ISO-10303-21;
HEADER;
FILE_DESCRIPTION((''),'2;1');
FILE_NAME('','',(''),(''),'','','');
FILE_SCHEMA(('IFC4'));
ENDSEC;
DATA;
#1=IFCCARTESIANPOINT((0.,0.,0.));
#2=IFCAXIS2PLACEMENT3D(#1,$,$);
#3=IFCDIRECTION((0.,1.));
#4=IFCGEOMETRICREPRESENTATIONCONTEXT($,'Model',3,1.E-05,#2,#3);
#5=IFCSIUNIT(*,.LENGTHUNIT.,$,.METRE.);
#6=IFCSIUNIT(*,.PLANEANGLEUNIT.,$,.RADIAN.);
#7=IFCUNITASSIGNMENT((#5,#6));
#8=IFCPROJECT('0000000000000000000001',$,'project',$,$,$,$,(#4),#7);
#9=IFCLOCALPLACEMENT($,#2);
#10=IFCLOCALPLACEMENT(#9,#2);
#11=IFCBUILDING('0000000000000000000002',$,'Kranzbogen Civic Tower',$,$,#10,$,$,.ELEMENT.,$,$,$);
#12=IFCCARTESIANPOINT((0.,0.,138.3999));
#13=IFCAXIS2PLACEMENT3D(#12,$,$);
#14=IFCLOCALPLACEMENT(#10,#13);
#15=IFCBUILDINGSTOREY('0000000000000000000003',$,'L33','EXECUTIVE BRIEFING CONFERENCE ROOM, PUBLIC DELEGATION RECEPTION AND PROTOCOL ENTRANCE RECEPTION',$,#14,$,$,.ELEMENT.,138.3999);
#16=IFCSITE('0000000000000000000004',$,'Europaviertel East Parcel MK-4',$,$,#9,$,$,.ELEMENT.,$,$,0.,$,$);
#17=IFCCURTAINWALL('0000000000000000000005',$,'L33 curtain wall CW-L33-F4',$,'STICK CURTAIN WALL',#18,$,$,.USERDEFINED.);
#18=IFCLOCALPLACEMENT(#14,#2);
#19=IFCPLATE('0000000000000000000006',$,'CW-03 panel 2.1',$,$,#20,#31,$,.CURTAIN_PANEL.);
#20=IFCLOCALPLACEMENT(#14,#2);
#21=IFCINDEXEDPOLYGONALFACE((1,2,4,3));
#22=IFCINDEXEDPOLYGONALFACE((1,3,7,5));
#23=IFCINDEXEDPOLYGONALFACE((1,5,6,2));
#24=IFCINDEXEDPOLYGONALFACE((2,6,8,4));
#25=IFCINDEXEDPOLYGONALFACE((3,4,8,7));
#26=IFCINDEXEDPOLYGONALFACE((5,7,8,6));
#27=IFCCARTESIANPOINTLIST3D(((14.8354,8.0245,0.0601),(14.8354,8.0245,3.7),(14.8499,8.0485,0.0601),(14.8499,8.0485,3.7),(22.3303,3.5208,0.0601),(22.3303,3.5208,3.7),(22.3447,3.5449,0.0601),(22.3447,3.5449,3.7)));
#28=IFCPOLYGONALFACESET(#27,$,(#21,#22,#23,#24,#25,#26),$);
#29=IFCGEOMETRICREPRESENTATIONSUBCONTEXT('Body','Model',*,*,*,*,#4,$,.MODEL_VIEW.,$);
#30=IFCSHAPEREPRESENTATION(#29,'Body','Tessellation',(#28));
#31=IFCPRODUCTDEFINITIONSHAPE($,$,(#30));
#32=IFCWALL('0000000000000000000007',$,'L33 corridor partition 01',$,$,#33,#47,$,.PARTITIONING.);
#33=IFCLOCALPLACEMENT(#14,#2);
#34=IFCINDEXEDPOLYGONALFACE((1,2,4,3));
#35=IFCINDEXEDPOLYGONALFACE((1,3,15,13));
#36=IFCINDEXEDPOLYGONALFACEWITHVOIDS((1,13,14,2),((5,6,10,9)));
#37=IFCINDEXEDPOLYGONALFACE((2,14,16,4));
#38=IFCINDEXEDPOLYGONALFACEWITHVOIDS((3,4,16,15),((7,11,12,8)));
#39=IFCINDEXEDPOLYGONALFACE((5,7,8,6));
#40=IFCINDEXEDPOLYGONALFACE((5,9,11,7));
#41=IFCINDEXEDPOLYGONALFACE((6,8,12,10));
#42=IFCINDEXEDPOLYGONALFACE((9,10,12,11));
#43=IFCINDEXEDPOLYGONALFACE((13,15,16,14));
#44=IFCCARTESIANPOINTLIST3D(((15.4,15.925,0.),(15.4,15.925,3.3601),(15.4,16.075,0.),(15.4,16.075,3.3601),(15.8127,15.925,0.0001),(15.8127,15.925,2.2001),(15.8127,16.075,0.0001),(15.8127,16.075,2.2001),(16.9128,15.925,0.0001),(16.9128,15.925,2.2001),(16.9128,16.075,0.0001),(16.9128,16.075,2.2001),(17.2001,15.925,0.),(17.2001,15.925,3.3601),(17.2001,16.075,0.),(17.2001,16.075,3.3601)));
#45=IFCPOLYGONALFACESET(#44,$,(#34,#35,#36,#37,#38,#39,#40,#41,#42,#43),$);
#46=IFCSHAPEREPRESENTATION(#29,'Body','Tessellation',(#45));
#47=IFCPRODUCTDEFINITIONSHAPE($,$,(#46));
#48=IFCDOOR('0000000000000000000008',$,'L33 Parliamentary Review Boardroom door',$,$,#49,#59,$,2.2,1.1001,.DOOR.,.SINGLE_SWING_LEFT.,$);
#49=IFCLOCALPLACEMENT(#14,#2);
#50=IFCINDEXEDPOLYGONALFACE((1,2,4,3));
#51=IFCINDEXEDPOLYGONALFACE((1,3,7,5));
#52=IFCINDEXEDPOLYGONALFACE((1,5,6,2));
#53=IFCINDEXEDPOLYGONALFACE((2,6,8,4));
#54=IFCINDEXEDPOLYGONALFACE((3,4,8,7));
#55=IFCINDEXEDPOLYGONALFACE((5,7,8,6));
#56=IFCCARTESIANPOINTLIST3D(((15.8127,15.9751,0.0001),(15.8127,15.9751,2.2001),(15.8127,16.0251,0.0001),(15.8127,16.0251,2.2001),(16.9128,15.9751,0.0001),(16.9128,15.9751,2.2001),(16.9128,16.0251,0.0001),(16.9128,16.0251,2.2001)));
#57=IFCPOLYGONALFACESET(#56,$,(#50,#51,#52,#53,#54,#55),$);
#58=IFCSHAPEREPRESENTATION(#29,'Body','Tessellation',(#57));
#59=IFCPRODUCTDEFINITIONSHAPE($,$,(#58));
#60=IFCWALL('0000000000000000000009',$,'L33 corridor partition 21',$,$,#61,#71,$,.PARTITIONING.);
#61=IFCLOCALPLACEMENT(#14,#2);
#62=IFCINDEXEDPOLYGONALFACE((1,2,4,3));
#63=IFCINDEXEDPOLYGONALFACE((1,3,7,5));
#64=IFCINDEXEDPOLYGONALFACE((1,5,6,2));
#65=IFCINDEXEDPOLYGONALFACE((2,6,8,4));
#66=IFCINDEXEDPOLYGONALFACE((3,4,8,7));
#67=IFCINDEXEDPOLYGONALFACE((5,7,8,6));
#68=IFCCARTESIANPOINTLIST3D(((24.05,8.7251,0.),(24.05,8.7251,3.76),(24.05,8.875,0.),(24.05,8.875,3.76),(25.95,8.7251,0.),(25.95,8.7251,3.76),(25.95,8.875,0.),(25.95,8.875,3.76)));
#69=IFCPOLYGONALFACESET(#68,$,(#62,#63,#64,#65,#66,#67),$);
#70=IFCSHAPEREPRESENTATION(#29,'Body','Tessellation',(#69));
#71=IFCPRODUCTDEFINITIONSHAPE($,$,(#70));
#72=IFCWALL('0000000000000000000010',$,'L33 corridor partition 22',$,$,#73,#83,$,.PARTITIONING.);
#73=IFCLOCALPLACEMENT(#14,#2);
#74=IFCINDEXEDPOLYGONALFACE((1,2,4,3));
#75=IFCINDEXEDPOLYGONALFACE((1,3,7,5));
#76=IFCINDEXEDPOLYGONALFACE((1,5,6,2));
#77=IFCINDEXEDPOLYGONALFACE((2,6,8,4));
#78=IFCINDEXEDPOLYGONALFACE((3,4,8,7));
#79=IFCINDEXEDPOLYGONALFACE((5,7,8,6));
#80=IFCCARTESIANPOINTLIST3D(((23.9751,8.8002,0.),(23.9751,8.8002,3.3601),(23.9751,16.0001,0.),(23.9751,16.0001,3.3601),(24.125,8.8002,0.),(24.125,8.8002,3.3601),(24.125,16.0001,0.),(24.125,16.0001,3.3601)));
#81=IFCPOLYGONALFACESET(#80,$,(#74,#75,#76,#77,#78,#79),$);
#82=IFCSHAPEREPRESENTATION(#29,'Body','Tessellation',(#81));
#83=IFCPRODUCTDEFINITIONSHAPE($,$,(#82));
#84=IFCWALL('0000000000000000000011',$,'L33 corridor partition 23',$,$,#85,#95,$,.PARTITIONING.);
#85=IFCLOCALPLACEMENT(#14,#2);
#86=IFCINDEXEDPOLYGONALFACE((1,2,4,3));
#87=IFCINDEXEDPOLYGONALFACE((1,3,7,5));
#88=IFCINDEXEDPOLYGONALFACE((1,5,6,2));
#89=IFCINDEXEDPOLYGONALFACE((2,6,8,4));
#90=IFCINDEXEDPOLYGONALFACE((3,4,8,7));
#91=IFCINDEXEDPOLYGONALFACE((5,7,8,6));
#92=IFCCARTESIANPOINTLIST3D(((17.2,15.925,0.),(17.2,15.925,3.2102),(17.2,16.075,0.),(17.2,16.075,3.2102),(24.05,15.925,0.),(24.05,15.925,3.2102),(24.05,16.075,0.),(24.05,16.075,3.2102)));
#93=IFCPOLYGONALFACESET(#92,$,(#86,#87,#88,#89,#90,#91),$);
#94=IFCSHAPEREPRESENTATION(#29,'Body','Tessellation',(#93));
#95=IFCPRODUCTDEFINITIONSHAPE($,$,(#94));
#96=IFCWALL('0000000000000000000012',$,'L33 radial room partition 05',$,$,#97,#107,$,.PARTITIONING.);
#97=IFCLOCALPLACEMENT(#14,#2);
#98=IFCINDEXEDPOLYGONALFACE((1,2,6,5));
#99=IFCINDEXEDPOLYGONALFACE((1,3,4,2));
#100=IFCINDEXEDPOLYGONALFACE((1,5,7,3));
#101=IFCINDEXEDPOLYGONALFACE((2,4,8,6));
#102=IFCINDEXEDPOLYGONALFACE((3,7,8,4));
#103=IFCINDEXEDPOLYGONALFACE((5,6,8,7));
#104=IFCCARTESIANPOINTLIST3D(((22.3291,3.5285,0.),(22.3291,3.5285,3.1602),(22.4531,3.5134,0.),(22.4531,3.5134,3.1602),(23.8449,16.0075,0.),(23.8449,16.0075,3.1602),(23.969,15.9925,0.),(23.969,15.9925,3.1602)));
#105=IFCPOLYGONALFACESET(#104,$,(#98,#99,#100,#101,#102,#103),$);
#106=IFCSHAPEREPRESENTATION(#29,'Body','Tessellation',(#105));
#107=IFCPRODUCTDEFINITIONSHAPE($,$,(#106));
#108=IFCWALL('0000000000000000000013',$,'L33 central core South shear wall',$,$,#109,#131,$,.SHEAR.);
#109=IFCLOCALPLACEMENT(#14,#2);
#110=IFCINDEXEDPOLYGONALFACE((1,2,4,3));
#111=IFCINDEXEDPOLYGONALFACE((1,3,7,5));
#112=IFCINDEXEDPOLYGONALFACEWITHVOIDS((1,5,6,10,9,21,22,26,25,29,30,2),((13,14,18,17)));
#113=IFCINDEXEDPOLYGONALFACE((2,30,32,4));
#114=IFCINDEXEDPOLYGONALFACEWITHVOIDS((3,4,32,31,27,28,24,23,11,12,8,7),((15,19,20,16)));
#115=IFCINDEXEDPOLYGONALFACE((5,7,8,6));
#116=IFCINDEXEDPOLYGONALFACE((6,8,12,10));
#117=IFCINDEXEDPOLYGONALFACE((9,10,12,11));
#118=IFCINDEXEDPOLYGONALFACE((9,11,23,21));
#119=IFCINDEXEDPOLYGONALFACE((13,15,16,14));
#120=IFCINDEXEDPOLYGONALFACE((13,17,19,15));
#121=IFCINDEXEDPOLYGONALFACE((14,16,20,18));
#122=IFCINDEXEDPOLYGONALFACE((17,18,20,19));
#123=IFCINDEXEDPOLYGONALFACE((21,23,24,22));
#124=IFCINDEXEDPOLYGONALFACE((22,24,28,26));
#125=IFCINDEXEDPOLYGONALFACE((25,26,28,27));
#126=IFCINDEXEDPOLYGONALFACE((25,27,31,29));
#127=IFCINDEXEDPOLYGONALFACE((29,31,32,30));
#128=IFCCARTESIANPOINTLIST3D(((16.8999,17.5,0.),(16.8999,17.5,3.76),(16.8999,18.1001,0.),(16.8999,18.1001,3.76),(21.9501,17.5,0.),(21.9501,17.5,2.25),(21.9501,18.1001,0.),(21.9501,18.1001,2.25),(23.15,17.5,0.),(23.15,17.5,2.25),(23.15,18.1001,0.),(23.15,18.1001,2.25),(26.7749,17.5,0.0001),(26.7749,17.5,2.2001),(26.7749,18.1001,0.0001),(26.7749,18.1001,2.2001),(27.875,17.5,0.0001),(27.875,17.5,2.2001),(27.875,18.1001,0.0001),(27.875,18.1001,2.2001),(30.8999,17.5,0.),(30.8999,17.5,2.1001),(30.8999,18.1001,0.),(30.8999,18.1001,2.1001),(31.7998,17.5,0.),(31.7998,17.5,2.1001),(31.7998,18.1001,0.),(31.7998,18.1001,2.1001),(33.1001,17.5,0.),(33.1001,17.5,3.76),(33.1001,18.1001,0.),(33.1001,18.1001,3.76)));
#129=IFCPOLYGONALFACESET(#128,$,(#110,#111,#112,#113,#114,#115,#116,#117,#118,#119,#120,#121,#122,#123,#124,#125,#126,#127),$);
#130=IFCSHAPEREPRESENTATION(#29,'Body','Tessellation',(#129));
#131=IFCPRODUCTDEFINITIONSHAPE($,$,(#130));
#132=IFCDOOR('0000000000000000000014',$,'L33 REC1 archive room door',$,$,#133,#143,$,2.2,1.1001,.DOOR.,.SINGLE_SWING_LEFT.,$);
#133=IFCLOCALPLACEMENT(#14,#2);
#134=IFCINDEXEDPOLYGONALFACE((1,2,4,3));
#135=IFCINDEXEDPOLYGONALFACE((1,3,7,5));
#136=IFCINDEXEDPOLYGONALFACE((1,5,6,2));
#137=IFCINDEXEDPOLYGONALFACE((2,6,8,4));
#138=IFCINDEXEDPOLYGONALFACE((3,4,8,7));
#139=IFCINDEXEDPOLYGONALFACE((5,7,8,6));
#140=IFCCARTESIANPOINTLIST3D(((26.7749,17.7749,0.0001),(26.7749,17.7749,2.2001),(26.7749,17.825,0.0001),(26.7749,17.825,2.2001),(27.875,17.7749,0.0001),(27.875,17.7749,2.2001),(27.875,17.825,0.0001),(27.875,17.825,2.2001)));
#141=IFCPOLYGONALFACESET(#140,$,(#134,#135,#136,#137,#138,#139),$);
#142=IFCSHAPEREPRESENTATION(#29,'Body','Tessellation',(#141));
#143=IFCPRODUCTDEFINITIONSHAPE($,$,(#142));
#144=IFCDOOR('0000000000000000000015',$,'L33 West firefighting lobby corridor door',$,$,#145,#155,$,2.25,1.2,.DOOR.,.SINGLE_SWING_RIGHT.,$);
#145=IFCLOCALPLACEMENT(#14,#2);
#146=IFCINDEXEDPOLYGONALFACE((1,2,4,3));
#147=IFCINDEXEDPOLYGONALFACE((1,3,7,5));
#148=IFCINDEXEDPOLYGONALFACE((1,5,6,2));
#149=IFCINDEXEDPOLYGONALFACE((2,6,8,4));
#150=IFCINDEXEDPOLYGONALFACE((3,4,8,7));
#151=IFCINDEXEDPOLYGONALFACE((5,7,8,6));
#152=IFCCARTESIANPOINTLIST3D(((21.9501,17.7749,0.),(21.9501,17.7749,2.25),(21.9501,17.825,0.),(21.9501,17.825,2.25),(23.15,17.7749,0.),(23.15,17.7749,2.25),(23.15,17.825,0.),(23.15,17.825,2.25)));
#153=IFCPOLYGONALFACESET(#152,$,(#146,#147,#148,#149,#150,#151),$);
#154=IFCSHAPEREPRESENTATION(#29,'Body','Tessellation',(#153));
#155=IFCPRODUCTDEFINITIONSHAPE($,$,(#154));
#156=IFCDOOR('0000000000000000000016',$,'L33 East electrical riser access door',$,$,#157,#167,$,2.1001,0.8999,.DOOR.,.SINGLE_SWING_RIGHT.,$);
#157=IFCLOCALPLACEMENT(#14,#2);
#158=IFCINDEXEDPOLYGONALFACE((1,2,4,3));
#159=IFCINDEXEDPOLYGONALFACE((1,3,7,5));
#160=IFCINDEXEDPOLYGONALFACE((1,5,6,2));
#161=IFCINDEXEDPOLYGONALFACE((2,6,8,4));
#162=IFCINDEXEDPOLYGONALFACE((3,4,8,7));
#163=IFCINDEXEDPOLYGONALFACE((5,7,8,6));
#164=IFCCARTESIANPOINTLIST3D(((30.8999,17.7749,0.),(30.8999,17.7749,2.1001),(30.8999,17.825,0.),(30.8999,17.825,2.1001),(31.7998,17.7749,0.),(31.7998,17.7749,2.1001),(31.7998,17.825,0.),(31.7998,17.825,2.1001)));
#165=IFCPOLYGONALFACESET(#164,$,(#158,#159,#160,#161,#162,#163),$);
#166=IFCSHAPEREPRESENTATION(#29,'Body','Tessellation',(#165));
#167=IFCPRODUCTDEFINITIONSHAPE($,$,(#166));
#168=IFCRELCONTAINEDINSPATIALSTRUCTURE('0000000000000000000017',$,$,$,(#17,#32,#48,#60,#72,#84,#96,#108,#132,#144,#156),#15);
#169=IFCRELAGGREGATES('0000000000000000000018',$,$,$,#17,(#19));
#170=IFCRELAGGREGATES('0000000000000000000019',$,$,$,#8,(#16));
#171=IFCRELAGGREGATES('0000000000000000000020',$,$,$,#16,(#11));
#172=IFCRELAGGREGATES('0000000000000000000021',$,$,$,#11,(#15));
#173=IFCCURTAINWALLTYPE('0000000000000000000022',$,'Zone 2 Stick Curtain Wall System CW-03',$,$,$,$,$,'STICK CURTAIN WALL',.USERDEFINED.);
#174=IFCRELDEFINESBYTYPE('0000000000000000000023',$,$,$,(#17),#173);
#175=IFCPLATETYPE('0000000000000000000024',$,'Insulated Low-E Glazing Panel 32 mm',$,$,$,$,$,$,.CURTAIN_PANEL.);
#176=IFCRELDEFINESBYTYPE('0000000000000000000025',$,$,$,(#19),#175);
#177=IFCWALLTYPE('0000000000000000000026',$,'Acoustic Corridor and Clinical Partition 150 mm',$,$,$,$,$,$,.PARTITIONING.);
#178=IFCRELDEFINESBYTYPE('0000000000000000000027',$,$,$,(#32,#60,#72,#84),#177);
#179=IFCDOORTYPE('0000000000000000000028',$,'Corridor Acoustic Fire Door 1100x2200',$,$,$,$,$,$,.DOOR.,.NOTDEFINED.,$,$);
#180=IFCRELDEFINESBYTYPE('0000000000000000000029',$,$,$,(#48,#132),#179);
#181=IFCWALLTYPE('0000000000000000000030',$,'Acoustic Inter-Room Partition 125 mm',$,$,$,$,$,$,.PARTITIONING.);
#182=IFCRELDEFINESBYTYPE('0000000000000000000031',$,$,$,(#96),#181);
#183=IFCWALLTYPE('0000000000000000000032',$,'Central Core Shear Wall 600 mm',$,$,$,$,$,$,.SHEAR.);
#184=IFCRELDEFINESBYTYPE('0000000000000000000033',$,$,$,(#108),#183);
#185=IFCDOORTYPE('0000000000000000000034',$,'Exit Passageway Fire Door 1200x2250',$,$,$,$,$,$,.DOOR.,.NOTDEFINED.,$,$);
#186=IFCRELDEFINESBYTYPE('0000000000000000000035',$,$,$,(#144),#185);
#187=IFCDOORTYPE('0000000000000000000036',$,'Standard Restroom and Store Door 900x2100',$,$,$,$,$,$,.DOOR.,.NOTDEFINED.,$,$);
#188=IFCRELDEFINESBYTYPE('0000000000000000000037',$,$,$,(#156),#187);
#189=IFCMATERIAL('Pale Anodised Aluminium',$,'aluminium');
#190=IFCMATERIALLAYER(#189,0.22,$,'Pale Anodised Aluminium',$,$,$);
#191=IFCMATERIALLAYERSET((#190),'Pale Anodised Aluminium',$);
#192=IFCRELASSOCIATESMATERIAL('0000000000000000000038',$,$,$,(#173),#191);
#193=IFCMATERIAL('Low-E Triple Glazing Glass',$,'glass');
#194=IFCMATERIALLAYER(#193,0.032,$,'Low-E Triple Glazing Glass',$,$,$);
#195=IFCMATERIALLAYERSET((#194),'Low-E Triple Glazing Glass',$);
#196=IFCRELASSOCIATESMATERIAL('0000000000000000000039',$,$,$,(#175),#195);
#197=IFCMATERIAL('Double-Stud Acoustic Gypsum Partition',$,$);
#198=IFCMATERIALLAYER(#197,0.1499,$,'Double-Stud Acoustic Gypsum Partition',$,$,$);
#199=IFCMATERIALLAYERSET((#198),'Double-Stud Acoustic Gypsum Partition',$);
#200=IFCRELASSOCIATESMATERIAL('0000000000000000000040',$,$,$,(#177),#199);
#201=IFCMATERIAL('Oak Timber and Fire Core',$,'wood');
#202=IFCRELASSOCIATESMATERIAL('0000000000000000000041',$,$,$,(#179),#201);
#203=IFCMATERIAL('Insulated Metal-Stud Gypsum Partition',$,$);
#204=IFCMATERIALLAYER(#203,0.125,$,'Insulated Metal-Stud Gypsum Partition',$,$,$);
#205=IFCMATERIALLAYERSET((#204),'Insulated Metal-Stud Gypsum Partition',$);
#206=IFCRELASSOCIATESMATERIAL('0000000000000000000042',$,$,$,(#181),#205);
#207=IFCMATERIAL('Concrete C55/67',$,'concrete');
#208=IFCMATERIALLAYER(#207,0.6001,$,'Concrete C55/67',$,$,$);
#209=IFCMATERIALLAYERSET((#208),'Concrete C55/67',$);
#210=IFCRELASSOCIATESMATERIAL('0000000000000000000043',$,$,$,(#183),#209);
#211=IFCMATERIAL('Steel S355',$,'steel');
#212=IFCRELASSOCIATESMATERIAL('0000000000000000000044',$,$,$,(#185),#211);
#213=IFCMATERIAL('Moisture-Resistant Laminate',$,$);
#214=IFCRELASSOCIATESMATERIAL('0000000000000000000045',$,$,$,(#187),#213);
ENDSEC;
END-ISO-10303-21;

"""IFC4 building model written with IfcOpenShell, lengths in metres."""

from ifc_helpers import new_model, si_unit, direction, frame, frame_2d, origin, origin_2d, place, context, subcontext, project, spatial, rectangle, extrude, material, layer, layer_set, type_object, element, fill, aggregate, save


model = new_model("IFC4")

# Units and contexts
model_context = context("Model", 3, precision=1e-05, world=origin(), true_north=direction((0.0, 1.0)))
body_context = subcontext(model_context, "Body", "Model", "MODEL_VIEW")
ifc_project = project(units=[si_unit("LENGTHUNIT", "METRE"), si_unit("PLANEANGLEUNIT", "RADIAN")], contexts=[model_context])

# Site, building, storey
site_placement = place(None, origin())
site = spatial("IfcSite", under=ifc_project, at=site_placement, Name="Europaviertel East Parcel MK-4", CompositionType="ELEMENT", RefElevation=0.0)
building_placement = place(site_placement, origin())
building = spatial("IfcBuilding", under=site, at=building_placement, Name="Kranzbogen Civic Tower", CompositionType="ELEMENT")
storey_placement = place(building_placement, frame((0.0, 0.0, 138.3999)))
storey = spatial("IfcBuildingStorey", under=building, at=storey_placement, Name="L33", Description="EXECUTIVE BRIEFING CONFERENCE ROOM, PUBLIC DELEGATION RECEPTION AND PROTOCOL ENTRANCE RECEPTION", CompositionType="ELEMENT", Elevation=138.3999)

# Shared definitions
ifc_material_1 = material(Name="Steel S355", Category="steel")

# Curtain wall
ifc_material_2 = material(Name="Pale Anodised Aluminium", Category="aluminium")
ifc_layer_1 = layer(ifc_material_2, 0.22, Name="Pale Anodised Aluminium")
ifc_layer_set_1 = layer_set([ifc_layer_1], Name="Pale Anodised Aluminium")
curtain_wall_type = type_object("IfcCurtainWallType", Name="Zone 2 Stick Curtain Wall System CW-03", ElementType="STICK CURTAIN WALL", PredefinedType="USERDEFINED", material=ifc_layer_set_1)
curtain_wall_placement = place(storey_placement, origin())
curtain_wall = element("IfcCurtainWall", 1, at=curtain_wall_placement, inside=storey, type_object=curtain_wall_type, Name="L33 curtain wall CW-L33-F4", ObjectType="STICK CURTAIN WALL", PredefinedType="USERDEFINED")

# Plate
ifc_material_3 = material(Name="Low-E Triple Glazing Glass", Category="glass")
ifc_layer_2 = layer(ifc_material_3, 0.032, Name="Low-E Triple Glazing Glass")
ifc_layer_set_2 = layer_set([ifc_layer_2], Name="Low-E Triple Glazing Glass")
plate_type = type_object("IfcPlateType", Name="Insulated Low-E Glazing Panel 32 mm", PredefinedType="CURTAIN_PANEL", material=ifc_layer_set_2)
plate_placement = place(storey_placement, frame((18.5901, 5.7847, 0.0601), z_axis=(0.0, 0.0, 1.0), x_axis=(0.857153, -0.515062, 0.0)))
plate = element("IfcPlate", 2, at=plate_placement, type_object=plate_type, Name="CW-03 panel 2.1", PredefinedType="CURTAIN_PANEL", context=body_context, shape_type="SweptSolid", body=[
    extrude(rectangle(XDim=8.7439, YDim=0.0281, at=origin_2d()), origin(), (0.0, 0.0, 1.0), 3.6399),
])
aggregate(curtain_wall, [plate])

# Wall, opening, door
ifc_material_4 = material(Name="Double-Stud Acoustic Gypsum Partition")
ifc_layer_3 = layer(ifc_material_4, 0.1499, Name="Double-Stud Acoustic Gypsum Partition")
ifc_layer_set_3 = layer_set([ifc_layer_3], Name="Double-Stud Acoustic Gypsum Partition")
wall_type_1 = type_object("IfcWallType", Name="Acoustic Corridor and Clinical Partition 150 mm", PredefinedType="PARTITIONING", material=ifc_layer_set_3)
wall_1_placement = place(storey_placement, frame((17.2, 16.0, 0.0), z_axis=(0.0, 0.0, 1.0), x_axis=(-1.0, 0.0, 0.0)))
wall_1 = element("IfcWall", 3, at=wall_1_placement, inside=storey, type_object=wall_type_1, Name="L33 corridor partition 01", PredefinedType="PARTITIONING", context=body_context, shape_type="SweptSolid", body=[
    extrude(rectangle(XDim=1.8, YDim=0.1499, at=frame_2d((0.8999, 0.0))), origin(), (0.0, 0.0, 1.0), 3.3601),
])
opening_1_placement = place(wall_1_placement, frame((0.2871, 0.0, 0.0)))
opening_1 = element("IfcOpeningElement", 4, at=opening_1_placement, cuts=wall_1, PredefinedType="OPENING", context=body_context, shape_type="SweptSolid", body=[
    extrude(rectangle(XDim=1.1001, YDim=2.2, at=frame_2d((0.55, 1.1001))), frame((0.0, 0.085, 0.0), z_axis=(0.0, -1.0, 0.0), x_axis=(1.0, 0.0, 0.0)), (0.0, 0.0, 1.0), 0.1699),
])
ifc_material_5 = material(Name="Oak Timber and Fire Core", Category="wood")
door_type_1 = type_object("IfcDoorType", Name="Corridor Acoustic Fire Door 1100x2200", OperationType="NOTDEFINED", PredefinedType="DOOR", material=ifc_material_5)
door_1_placement = place(opening_1_placement, origin())
door_1 = element("IfcDoor", 5, at=door_1_placement, inside=storey, type_object=door_type_1, Name="L33 Parliamentary Review Boardroom door", OperationType="SINGLE_SWING_LEFT", OverallHeight=2.2, OverallWidth=1.1001, PredefinedType="DOOR", context=body_context, shape_type="SweptSolid", body=[
    extrude(rectangle(XDim=1.1001, YDim=2.2, at=frame_2d((0.55, 1.1001))), frame((0.0, 0.0249, 0.0), z_axis=(0.0, -1.0, 0.0), x_axis=(1.0, 0.0, 0.0)), (0.0, 0.0, 1.0), 0.05),
])
fill(opening_1, door_1)

# Walls
wall_2_placement = place(storey_placement, frame((25.95, 8.8, 0.0), z_axis=(0.0, 0.0, 1.0), x_axis=(-1.0, 0.0, 0.0)))
element("IfcWall", 6, at=wall_2_placement, inside=storey, type_object=wall_type_1, Name="L33 corridor partition 21", PredefinedType="PARTITIONING", context=body_context, shape_type="SweptSolid", body=[
    extrude(rectangle(XDim=1.8999, YDim=0.1499, at=frame_2d((0.95, 0.0))), origin(), (0.0, 0.0, 1.0), 3.76),
])
wall_3_placement = place(storey_placement, frame((24.05, 8.8, 0.0), z_axis=(0.0, 0.0, 1.0), x_axis=(0.0, 1.0, 0.0)))
element("IfcWall", 7, at=wall_3_placement, inside=storey, type_object=wall_type_1, Name="L33 corridor partition 22", PredefinedType="PARTITIONING", context=body_context, shape_type="SweptSolid", body=[
    extrude(rectangle(XDim=7.2, YDim=0.1499, at=frame_2d((3.6001, 0.0))), origin(), (0.0, 0.0, 1.0), 3.3601),
])
wall_4_placement = place(storey_placement, frame((24.05, 16.0, 0.0), z_axis=(0.0, 0.0, 1.0), x_axis=(-1.0, 0.0, 0.0)))
element("IfcWall", 8, at=wall_4_placement, inside=storey, type_object=wall_type_1, Name="L33 corridor partition 23", PredefinedType="PARTITIONING", context=body_context, shape_type="SweptSolid", body=[
    extrude(rectangle(XDim=6.8501, YDim=0.1499, at=frame_2d((3.425, 0.0))), origin(), (0.0, 0.0, 1.0), 3.2102),
])
ifc_material_6 = material(Name="Insulated Metal-Stud Gypsum Partition")
ifc_layer_4 = layer(ifc_material_6, 0.125, Name="Insulated Metal-Stud Gypsum Partition")
ifc_layer_set_4 = layer_set([ifc_layer_4], Name="Insulated Metal-Stud Gypsum Partition")
wall_type_2 = type_object("IfcWallType", Name="Acoustic Inter-Room Partition 125 mm", PredefinedType="PARTITIONING", material=ifc_layer_set_4)
wall_5_placement = place(storey_placement, frame((23.907, 16.0, 0.0), z_axis=(0.0, 0.0, 1.0), x_axis=(-0.120587, -0.992703, 0.0)))
element("IfcWall", 9, at=wall_5_placement, inside=storey, type_object=wall_type_2, Name="L33 radial room partition 05", PredefinedType="PARTITIONING", context=body_context, shape_type="SweptSolid", body=[
    extrude(rectangle(XDim=12.5708, YDim=0.125, at=frame_2d((6.2854, 0.0))), origin(), (0.0, 0.0, 1.0), 3.1602),
])

# Wall, openings, doors
ifc_material_7 = material(Name="Concrete C55/67", Category="concrete")
ifc_layer_5 = layer(ifc_material_7, 0.6001, Name="Concrete C55/67")
ifc_layer_set_5 = layer_set([ifc_layer_5], Name="Concrete C55/67")
wall_type_3 = type_object("IfcWallType", Name="Central Core Shear Wall 600 mm", PredefinedType="SHEAR", material=ifc_layer_set_5)
wall_6_placement = place(storey_placement, frame((16.8999, 17.8, 0.0), z_axis=(0.0, 0.0, 1.0), x_axis=(1.0, 0.0, 0.0)))
wall_6 = element("IfcWall", 10, at=wall_6_placement, inside=storey, type_object=wall_type_3, Name="L33 central core South shear wall", PredefinedType="SHEAR", context=body_context, shape_type="SweptSolid", body=[
    extrude(rectangle(XDim=16.2002, YDim=0.6001, at=frame_2d((8.1001, 0.0))), origin(), (0.0, 0.0, 1.0), 3.76),
])
opening_2_placement = place(wall_6_placement, frame((5.05, 0.0, 0.0)))
opening_2 = element("IfcOpeningElement", 11, at=opening_2_placement, cuts=wall_6, PredefinedType="OPENING", context=body_context, shape_type="SweptSolid", body=[
    extrude(rectangle(XDim=1.2, YDim=2.25, at=frame_2d((0.6001, 1.125))), frame((0.0, 0.3101, 0.0), z_axis=(0.0, -1.0, 0.0), x_axis=(1.0, 0.0, 0.0)), (0.0, 0.0, 1.0), 0.6201),
])
opening_3_placement = place(wall_6_placement, frame((14.0, 0.0, 0.0)))
opening_3 = element("IfcOpeningElement", 12, at=opening_3_placement, cuts=wall_6, PredefinedType="OPENING", context=body_context, shape_type="SweptSolid", body=[
    extrude(rectangle(XDim=0.8999, YDim=2.1001, at=frame_2d((0.45, 1.05))), frame((0.0, 0.3101, 0.0), z_axis=(0.0, -1.0, 0.0), x_axis=(1.0, 0.0, 0.0)), (0.0, 0.0, 1.0), 0.6201),
])
opening_4_placement = place(wall_6_placement, frame((9.875, 0.0, 0.0)))
opening_4 = element("IfcOpeningElement", 13, at=opening_4_placement, cuts=wall_6, PredefinedType="OPENING", context=body_context, shape_type="SweptSolid", body=[
    extrude(rectangle(XDim=1.1001, YDim=2.2, at=frame_2d((0.55, 1.1001))), frame((0.0, 0.3101, 0.0), z_axis=(0.0, -1.0, 0.0), x_axis=(1.0, 0.0, 0.0)), (0.0, 0.0, 1.0), 0.6201),
])
door_2_placement = place(opening_4_placement, origin())
door_2 = element("IfcDoor", 14, at=door_2_placement, inside=storey, type_object=door_type_1, Name="L33 REC1 archive room door", OperationType="SINGLE_SWING_LEFT", OverallHeight=2.2, OverallWidth=1.1001, PredefinedType="DOOR", context=body_context, shape_type="SweptSolid", body=[
    extrude(rectangle(XDim=1.1001, YDim=2.2, at=frame_2d((0.55, 1.1001))), frame((0.0, 0.0249, 0.0), z_axis=(0.0, -1.0, 0.0), x_axis=(1.0, 0.0, 0.0)), (0.0, 0.0, 1.0), 0.05),
])
fill(opening_4, door_2)
door_type_2 = type_object("IfcDoorType", Name="Exit Passageway Fire Door 1200x2250", OperationType="NOTDEFINED", PredefinedType="DOOR", material=ifc_material_1)
door_3_placement = place(opening_2_placement, origin())
door_3 = element("IfcDoor", 15, at=door_3_placement, inside=storey, type_object=door_type_2, Name="L33 West firefighting lobby corridor door", OperationType="SINGLE_SWING_RIGHT", OverallHeight=2.25, OverallWidth=1.2, PredefinedType="DOOR", context=body_context, shape_type="SweptSolid", body=[
    extrude(rectangle(XDim=1.2, YDim=2.25, at=frame_2d((0.6001, 1.125))), frame((0.0, 0.0249, 0.0), z_axis=(0.0, -1.0, 0.0), x_axis=(1.0, 0.0, 0.0)), (0.0, 0.0, 1.0), 0.05),
])
fill(opening_2, door_3)
ifc_material_8 = material(Name="Moisture-Resistant Laminate")
door_type_3 = type_object("IfcDoorType", Name="Standard Restroom and Store Door 900x2100", OperationType="NOTDEFINED", PredefinedType="DOOR", material=ifc_material_8)
door_4_placement = place(opening_3_placement, origin())
door_4 = element("IfcDoor", 16, at=door_4_placement, inside=storey, type_object=door_type_3, Name="L33 East electrical riser access door", OperationType="SINGLE_SWING_RIGHT", OverallHeight=2.1001, OverallWidth=0.8999, PredefinedType="DOOR", context=body_context, shape_type="SweptSolid", body=[
    extrude(rectangle(XDim=0.8999, YDim=2.1001, at=frame_2d((0.45, 1.05))), frame((0.0, 0.0249, 0.0), z_axis=(0.0, -1.0, 0.0), x_axis=(1.0, 0.0, 0.0)), (0.0, 0.0, 1.0), 0.05),
])
fill(opening_3, door_4)

save(model, "model.ifc")
